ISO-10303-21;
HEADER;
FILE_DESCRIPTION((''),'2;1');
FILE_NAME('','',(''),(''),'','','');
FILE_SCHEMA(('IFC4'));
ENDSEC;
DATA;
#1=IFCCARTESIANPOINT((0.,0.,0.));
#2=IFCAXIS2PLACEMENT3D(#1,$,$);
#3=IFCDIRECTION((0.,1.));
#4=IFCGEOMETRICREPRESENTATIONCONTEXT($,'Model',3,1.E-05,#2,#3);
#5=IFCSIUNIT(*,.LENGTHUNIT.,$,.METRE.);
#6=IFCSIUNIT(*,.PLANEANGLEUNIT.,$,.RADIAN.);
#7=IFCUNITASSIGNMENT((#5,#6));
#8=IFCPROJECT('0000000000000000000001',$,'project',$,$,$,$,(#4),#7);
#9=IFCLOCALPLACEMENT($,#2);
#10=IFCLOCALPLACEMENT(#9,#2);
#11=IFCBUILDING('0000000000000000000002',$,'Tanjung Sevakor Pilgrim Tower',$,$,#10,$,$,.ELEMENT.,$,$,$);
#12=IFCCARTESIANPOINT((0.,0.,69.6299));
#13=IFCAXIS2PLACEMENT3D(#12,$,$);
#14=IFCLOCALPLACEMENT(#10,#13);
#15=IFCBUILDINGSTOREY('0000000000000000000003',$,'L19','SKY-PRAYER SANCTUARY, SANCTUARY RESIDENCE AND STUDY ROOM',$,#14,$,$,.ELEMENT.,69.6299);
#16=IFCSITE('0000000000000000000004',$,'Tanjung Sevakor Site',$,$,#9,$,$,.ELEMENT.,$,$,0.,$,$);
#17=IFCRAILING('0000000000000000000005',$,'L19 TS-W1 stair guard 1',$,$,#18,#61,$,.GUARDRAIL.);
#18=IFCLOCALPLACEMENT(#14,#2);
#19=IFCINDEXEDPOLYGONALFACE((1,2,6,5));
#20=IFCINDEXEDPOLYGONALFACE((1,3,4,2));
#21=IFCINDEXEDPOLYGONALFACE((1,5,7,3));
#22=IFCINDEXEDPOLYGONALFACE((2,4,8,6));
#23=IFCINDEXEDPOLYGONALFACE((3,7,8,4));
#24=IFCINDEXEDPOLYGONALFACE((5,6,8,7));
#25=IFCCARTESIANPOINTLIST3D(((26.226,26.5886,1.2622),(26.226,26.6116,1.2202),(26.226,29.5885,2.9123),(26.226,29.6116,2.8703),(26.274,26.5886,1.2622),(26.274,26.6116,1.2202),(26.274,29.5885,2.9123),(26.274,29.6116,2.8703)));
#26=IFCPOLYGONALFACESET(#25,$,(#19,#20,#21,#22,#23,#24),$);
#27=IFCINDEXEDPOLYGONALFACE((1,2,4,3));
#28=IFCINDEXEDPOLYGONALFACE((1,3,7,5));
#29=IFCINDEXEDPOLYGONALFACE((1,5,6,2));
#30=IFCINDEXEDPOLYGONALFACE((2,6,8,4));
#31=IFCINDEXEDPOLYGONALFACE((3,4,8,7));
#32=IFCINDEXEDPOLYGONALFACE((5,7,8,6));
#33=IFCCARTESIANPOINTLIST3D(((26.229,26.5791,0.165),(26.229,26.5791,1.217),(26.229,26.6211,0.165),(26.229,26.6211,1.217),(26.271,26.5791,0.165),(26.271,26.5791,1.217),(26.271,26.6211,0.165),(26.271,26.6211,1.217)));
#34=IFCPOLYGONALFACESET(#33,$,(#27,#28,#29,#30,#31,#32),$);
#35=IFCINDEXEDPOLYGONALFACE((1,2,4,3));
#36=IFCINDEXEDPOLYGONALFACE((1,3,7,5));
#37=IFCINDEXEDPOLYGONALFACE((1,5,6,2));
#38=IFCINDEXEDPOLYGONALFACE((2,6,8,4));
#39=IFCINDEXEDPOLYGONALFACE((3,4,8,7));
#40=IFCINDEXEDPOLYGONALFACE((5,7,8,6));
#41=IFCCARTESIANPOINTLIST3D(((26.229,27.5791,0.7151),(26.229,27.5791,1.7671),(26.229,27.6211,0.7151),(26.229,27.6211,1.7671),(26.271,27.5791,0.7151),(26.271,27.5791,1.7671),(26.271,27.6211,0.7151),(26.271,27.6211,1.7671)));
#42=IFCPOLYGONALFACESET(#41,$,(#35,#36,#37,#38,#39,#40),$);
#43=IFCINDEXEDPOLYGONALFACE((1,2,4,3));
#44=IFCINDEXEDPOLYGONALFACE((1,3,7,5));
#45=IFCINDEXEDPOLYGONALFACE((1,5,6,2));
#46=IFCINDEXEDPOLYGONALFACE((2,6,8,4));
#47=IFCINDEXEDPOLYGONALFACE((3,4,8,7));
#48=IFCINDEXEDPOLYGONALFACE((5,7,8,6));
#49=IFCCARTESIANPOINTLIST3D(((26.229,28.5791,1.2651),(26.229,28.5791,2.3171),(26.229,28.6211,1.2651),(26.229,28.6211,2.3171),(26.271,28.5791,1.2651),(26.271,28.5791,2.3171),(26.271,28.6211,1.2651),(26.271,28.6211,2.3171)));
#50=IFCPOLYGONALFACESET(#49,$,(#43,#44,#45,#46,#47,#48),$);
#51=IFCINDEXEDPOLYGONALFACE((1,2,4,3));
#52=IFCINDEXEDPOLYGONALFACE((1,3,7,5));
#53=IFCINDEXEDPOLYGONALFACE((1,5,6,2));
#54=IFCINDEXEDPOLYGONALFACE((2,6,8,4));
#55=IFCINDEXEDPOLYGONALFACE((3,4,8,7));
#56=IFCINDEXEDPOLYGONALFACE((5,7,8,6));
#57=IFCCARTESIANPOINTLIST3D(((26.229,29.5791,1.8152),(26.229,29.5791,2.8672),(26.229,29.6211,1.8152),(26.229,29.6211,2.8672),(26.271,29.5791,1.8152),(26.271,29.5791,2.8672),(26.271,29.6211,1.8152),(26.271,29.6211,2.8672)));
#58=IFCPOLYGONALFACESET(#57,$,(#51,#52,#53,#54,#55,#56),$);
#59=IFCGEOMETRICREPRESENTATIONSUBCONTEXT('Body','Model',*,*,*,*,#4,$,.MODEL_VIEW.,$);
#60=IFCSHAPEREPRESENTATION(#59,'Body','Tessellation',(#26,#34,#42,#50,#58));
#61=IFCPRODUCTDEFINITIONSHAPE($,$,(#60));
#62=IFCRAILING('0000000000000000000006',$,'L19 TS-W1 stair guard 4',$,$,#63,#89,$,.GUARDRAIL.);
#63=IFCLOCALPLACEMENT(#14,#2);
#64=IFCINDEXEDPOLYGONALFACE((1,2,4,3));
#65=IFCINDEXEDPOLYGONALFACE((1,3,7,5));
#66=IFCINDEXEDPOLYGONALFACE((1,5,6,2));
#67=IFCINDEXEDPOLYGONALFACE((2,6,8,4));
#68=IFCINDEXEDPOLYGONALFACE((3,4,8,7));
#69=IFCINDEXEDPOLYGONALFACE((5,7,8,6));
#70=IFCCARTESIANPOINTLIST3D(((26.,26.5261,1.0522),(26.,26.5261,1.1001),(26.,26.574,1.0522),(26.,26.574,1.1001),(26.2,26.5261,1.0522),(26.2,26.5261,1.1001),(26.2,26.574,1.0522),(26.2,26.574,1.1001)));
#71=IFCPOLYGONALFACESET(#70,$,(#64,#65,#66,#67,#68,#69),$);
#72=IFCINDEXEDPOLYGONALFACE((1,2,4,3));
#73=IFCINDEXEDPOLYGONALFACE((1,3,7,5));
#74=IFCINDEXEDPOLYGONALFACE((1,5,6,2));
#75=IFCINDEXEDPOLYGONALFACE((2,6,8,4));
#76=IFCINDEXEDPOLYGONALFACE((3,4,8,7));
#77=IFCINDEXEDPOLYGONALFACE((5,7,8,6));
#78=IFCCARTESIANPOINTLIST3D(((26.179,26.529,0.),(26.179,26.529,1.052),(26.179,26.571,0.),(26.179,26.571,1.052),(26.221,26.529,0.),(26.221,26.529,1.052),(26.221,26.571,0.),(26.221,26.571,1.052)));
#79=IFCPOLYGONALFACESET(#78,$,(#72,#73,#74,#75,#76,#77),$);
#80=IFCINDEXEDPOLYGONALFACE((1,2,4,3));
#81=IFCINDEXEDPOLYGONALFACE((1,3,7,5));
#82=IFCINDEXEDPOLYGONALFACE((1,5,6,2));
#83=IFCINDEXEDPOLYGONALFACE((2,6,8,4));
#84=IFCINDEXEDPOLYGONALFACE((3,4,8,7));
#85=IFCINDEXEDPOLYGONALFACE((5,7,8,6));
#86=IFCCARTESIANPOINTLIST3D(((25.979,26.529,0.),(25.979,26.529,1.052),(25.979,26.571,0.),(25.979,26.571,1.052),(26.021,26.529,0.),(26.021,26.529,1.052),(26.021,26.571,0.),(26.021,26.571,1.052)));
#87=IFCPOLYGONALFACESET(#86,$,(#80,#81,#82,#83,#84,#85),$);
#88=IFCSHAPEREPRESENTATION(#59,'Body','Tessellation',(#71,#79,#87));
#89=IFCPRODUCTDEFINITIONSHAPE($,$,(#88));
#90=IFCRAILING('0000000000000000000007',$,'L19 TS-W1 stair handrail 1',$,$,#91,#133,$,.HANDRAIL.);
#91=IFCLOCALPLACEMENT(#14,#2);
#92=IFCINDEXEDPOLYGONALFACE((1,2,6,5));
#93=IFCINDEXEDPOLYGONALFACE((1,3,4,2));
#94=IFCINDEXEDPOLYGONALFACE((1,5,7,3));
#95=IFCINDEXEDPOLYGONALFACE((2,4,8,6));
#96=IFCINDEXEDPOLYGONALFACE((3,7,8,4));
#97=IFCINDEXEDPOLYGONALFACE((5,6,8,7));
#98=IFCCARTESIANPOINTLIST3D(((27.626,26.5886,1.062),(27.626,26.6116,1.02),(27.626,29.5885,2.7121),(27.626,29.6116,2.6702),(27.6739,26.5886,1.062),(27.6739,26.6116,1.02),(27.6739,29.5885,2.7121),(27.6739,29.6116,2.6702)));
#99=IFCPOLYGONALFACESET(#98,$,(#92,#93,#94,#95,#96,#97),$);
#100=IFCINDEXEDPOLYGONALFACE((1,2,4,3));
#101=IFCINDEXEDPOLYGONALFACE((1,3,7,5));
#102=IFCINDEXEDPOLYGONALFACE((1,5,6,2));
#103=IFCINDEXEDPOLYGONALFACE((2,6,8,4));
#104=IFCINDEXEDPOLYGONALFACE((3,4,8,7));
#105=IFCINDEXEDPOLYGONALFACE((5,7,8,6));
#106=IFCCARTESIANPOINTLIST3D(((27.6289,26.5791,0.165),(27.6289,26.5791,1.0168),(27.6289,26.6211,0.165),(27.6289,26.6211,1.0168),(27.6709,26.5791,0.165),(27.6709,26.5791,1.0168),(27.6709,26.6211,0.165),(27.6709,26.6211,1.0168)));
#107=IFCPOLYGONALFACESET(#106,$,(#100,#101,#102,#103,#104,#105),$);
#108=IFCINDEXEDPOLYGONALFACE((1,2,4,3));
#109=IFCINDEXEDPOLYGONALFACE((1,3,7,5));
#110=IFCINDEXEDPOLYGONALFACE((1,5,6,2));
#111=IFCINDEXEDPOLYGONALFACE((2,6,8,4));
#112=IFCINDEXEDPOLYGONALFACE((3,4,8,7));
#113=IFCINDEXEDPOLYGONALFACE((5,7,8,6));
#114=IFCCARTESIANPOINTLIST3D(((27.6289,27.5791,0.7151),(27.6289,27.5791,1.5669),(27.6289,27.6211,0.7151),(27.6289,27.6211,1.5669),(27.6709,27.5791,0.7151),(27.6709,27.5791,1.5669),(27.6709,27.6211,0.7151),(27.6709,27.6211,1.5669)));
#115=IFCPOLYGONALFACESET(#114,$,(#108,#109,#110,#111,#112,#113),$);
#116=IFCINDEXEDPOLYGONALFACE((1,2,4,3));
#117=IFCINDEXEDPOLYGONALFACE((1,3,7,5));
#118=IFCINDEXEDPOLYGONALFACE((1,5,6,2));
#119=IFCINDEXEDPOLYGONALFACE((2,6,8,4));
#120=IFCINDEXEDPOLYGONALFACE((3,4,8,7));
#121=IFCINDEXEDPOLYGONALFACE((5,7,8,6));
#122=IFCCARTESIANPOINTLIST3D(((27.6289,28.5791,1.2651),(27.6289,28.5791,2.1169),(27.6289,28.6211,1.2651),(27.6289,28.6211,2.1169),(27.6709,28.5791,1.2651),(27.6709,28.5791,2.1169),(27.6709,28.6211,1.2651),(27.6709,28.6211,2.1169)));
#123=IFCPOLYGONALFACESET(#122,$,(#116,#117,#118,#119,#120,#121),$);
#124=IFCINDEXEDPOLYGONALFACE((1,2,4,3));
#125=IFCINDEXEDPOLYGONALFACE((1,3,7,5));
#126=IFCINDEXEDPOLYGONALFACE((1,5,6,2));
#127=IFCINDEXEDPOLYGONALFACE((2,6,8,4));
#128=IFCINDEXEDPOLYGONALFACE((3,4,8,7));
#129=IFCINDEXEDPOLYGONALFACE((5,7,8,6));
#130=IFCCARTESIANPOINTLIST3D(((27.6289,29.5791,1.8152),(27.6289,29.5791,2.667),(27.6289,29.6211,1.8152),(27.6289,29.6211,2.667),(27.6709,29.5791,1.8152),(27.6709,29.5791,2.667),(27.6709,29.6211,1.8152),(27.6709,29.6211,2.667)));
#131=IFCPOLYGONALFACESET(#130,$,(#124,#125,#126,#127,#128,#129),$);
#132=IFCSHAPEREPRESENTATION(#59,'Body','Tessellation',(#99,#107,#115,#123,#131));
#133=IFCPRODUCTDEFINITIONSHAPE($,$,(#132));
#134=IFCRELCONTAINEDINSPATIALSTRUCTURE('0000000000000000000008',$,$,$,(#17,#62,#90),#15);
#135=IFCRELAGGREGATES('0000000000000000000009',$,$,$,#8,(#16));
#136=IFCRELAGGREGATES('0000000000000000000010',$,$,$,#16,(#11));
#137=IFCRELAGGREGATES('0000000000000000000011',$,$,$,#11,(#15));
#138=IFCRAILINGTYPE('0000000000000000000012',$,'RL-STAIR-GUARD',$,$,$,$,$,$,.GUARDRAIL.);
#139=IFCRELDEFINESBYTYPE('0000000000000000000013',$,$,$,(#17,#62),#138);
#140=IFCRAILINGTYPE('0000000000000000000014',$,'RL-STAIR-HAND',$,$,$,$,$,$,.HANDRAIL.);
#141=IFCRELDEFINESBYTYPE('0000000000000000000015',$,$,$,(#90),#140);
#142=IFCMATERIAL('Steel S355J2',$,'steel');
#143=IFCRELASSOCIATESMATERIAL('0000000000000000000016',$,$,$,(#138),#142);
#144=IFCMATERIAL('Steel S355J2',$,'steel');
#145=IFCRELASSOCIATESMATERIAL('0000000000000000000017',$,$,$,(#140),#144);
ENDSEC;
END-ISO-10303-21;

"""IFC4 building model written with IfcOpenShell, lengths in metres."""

from ifc_helpers import new_model, si_unit, direction, frame, origin, place, context, subcontext, project, spatial, rectangle, extrude, material, type_object, element, save


model = new_model("IFC4")

# Units and contexts
model_context = context("Model", 3, precision=1e-05, world=origin(), true_north=direction((0.0, 1.0)))
body_context = subcontext(model_context, "Body", "Model", "MODEL_VIEW")
ifc_project = project(units=[si_unit("LENGTHUNIT", "METRE"), si_unit("PLANEANGLEUNIT", "RADIAN")], contexts=[model_context])

# Site, building, storey
site_placement = place(None, origin())
site = spatial("IfcSite", under=ifc_project, at=site_placement, Name="Tanjung Sevakor Site", CompositionType="ELEMENT", RefElevation=0.0)
building_placement = place(site_placement, origin())
building = spatial("IfcBuilding", under=site, at=building_placement, Name="Tanjung Sevakor Pilgrim Tower", CompositionType="ELEMENT")
storey_placement = place(building_placement, frame((0.0, 0.0, 69.6299)))
storey = spatial("IfcBuildingStorey", under=building, at=storey_placement, Name="L19", Description="SKY-PRAYER SANCTUARY, SANCTUARY RESIDENCE AND STUDY ROOM", CompositionType="ELEMENT", Elevation=69.6299)

# Railings
ifc_material_1 = material(Name="Steel S355J2", Category="steel")
railing_type_1 = type_object("IfcRailingType", Name="RL-STAIR-GUARD", PredefinedType="GUARDRAIL", material=ifc_material_1)
railing_1_placement = place(storey_placement, frame((26.25, 26.6001, 0.165)))
element("IfcRailing", 1, at=railing_1_placement, inside=storey, type_object=railing_type_1, Name="L19 TS-W1 stair guard 1", PredefinedType="GUARDRAIL", context=body_context, shape_type="SweptSolid", body=[
    extrude(rectangle(XDim=0.0479, YDim=0.0479), frame((0.0, 0.0, 1.0762), z_axis=(0.0, 0.876198, 0.481952), x_axis=(-1.0, 0.0, 0.0)), (0.0, 0.0, 1.0), 3.4238),
    extrude(rectangle(XDim=0.042, YDim=0.042), origin(), (0.0, 0.0, 1.0), 1.052),
    extrude(rectangle(XDim=0.042, YDim=0.042), frame((0.0, 1.0, 0.55)), (0.0, 0.0, 1.0), 1.052),
    extrude(rectangle(XDim=0.042, YDim=0.042), frame((0.0, 2.0, 1.1001)), (0.0, 0.0, 1.0), 1.052),
    extrude(rectangle(XDim=0.042, YDim=0.042), frame((0.0, 3.0, 1.6501)), (0.0, 0.0, 1.0), 1.052),
])
railing_2_placement = place(storey_placement, frame((26.2, 26.55, 0.0)))
element("IfcRailing", 2, at=railing_2_placement, inside=storey, type_object=railing_type_1, Name="L19 TS-W1 stair guard 4", PredefinedType="GUARDRAIL", context=body_context, shape_type="SweptSolid", body=[
    extrude(rectangle(XDim=0.0479, YDim=0.0479), frame((0.0, 0.0, 1.0762), z_axis=(-1.0, 0.0, 0.0), x_axis=(0.0, -1.0, 0.0)), (0.0, 0.0, 1.0), 0.2),
    extrude(rectangle(XDim=0.042, YDim=0.042), origin(), (0.0, 0.0, 1.0), 1.052),
    extrude(rectangle(XDim=0.042, YDim=0.042), frame((-0.2, 0.0, 0.0)), (0.0, 0.0, 1.0), 1.052),
])
ifc_material_2 = material(Name="Steel S355J2", Category="steel")
railing_type_2 = type_object("IfcRailingType", Name="RL-STAIR-HAND", PredefinedType="HANDRAIL", material=ifc_material_2)
railing_3_placement = place(storey_placement, frame((27.6499, 26.6001, 0.165)))
element("IfcRailing", 3, at=railing_3_placement, inside=storey, type_object=railing_type_2, Name="L19 TS-W1 stair handrail 1", PredefinedType="HANDRAIL", context=body_context, shape_type="SweptSolid", body=[
    extrude(rectangle(XDim=0.0479, YDim=0.0479), frame((0.0, 0.0, 0.876), z_axis=(0.0, 0.876198, 0.481952), x_axis=(-1.0, 0.0, 0.0)), (0.0, 0.0, 1.0), 3.4238),
    extrude(rectangle(XDim=0.042, YDim=0.042), origin(), (0.0, 0.0, 1.0), 0.8518),
    extrude(rectangle(XDim=0.042, YDim=0.042), frame((0.0, 1.0, 0.55)), (0.0, 0.0, 1.0), 0.8518),
    extrude(rectangle(XDim=0.042, YDim=0.042), frame((0.0, 2.0, 1.1001)), (0.0, 0.0, 1.0), 0.8518),
    extrude(rectangle(XDim=0.042, YDim=0.042), frame((0.0, 3.0, 1.6501)), (0.0, 0.0, 1.0), 0.8518),
])

save(model, "model.ifc")
